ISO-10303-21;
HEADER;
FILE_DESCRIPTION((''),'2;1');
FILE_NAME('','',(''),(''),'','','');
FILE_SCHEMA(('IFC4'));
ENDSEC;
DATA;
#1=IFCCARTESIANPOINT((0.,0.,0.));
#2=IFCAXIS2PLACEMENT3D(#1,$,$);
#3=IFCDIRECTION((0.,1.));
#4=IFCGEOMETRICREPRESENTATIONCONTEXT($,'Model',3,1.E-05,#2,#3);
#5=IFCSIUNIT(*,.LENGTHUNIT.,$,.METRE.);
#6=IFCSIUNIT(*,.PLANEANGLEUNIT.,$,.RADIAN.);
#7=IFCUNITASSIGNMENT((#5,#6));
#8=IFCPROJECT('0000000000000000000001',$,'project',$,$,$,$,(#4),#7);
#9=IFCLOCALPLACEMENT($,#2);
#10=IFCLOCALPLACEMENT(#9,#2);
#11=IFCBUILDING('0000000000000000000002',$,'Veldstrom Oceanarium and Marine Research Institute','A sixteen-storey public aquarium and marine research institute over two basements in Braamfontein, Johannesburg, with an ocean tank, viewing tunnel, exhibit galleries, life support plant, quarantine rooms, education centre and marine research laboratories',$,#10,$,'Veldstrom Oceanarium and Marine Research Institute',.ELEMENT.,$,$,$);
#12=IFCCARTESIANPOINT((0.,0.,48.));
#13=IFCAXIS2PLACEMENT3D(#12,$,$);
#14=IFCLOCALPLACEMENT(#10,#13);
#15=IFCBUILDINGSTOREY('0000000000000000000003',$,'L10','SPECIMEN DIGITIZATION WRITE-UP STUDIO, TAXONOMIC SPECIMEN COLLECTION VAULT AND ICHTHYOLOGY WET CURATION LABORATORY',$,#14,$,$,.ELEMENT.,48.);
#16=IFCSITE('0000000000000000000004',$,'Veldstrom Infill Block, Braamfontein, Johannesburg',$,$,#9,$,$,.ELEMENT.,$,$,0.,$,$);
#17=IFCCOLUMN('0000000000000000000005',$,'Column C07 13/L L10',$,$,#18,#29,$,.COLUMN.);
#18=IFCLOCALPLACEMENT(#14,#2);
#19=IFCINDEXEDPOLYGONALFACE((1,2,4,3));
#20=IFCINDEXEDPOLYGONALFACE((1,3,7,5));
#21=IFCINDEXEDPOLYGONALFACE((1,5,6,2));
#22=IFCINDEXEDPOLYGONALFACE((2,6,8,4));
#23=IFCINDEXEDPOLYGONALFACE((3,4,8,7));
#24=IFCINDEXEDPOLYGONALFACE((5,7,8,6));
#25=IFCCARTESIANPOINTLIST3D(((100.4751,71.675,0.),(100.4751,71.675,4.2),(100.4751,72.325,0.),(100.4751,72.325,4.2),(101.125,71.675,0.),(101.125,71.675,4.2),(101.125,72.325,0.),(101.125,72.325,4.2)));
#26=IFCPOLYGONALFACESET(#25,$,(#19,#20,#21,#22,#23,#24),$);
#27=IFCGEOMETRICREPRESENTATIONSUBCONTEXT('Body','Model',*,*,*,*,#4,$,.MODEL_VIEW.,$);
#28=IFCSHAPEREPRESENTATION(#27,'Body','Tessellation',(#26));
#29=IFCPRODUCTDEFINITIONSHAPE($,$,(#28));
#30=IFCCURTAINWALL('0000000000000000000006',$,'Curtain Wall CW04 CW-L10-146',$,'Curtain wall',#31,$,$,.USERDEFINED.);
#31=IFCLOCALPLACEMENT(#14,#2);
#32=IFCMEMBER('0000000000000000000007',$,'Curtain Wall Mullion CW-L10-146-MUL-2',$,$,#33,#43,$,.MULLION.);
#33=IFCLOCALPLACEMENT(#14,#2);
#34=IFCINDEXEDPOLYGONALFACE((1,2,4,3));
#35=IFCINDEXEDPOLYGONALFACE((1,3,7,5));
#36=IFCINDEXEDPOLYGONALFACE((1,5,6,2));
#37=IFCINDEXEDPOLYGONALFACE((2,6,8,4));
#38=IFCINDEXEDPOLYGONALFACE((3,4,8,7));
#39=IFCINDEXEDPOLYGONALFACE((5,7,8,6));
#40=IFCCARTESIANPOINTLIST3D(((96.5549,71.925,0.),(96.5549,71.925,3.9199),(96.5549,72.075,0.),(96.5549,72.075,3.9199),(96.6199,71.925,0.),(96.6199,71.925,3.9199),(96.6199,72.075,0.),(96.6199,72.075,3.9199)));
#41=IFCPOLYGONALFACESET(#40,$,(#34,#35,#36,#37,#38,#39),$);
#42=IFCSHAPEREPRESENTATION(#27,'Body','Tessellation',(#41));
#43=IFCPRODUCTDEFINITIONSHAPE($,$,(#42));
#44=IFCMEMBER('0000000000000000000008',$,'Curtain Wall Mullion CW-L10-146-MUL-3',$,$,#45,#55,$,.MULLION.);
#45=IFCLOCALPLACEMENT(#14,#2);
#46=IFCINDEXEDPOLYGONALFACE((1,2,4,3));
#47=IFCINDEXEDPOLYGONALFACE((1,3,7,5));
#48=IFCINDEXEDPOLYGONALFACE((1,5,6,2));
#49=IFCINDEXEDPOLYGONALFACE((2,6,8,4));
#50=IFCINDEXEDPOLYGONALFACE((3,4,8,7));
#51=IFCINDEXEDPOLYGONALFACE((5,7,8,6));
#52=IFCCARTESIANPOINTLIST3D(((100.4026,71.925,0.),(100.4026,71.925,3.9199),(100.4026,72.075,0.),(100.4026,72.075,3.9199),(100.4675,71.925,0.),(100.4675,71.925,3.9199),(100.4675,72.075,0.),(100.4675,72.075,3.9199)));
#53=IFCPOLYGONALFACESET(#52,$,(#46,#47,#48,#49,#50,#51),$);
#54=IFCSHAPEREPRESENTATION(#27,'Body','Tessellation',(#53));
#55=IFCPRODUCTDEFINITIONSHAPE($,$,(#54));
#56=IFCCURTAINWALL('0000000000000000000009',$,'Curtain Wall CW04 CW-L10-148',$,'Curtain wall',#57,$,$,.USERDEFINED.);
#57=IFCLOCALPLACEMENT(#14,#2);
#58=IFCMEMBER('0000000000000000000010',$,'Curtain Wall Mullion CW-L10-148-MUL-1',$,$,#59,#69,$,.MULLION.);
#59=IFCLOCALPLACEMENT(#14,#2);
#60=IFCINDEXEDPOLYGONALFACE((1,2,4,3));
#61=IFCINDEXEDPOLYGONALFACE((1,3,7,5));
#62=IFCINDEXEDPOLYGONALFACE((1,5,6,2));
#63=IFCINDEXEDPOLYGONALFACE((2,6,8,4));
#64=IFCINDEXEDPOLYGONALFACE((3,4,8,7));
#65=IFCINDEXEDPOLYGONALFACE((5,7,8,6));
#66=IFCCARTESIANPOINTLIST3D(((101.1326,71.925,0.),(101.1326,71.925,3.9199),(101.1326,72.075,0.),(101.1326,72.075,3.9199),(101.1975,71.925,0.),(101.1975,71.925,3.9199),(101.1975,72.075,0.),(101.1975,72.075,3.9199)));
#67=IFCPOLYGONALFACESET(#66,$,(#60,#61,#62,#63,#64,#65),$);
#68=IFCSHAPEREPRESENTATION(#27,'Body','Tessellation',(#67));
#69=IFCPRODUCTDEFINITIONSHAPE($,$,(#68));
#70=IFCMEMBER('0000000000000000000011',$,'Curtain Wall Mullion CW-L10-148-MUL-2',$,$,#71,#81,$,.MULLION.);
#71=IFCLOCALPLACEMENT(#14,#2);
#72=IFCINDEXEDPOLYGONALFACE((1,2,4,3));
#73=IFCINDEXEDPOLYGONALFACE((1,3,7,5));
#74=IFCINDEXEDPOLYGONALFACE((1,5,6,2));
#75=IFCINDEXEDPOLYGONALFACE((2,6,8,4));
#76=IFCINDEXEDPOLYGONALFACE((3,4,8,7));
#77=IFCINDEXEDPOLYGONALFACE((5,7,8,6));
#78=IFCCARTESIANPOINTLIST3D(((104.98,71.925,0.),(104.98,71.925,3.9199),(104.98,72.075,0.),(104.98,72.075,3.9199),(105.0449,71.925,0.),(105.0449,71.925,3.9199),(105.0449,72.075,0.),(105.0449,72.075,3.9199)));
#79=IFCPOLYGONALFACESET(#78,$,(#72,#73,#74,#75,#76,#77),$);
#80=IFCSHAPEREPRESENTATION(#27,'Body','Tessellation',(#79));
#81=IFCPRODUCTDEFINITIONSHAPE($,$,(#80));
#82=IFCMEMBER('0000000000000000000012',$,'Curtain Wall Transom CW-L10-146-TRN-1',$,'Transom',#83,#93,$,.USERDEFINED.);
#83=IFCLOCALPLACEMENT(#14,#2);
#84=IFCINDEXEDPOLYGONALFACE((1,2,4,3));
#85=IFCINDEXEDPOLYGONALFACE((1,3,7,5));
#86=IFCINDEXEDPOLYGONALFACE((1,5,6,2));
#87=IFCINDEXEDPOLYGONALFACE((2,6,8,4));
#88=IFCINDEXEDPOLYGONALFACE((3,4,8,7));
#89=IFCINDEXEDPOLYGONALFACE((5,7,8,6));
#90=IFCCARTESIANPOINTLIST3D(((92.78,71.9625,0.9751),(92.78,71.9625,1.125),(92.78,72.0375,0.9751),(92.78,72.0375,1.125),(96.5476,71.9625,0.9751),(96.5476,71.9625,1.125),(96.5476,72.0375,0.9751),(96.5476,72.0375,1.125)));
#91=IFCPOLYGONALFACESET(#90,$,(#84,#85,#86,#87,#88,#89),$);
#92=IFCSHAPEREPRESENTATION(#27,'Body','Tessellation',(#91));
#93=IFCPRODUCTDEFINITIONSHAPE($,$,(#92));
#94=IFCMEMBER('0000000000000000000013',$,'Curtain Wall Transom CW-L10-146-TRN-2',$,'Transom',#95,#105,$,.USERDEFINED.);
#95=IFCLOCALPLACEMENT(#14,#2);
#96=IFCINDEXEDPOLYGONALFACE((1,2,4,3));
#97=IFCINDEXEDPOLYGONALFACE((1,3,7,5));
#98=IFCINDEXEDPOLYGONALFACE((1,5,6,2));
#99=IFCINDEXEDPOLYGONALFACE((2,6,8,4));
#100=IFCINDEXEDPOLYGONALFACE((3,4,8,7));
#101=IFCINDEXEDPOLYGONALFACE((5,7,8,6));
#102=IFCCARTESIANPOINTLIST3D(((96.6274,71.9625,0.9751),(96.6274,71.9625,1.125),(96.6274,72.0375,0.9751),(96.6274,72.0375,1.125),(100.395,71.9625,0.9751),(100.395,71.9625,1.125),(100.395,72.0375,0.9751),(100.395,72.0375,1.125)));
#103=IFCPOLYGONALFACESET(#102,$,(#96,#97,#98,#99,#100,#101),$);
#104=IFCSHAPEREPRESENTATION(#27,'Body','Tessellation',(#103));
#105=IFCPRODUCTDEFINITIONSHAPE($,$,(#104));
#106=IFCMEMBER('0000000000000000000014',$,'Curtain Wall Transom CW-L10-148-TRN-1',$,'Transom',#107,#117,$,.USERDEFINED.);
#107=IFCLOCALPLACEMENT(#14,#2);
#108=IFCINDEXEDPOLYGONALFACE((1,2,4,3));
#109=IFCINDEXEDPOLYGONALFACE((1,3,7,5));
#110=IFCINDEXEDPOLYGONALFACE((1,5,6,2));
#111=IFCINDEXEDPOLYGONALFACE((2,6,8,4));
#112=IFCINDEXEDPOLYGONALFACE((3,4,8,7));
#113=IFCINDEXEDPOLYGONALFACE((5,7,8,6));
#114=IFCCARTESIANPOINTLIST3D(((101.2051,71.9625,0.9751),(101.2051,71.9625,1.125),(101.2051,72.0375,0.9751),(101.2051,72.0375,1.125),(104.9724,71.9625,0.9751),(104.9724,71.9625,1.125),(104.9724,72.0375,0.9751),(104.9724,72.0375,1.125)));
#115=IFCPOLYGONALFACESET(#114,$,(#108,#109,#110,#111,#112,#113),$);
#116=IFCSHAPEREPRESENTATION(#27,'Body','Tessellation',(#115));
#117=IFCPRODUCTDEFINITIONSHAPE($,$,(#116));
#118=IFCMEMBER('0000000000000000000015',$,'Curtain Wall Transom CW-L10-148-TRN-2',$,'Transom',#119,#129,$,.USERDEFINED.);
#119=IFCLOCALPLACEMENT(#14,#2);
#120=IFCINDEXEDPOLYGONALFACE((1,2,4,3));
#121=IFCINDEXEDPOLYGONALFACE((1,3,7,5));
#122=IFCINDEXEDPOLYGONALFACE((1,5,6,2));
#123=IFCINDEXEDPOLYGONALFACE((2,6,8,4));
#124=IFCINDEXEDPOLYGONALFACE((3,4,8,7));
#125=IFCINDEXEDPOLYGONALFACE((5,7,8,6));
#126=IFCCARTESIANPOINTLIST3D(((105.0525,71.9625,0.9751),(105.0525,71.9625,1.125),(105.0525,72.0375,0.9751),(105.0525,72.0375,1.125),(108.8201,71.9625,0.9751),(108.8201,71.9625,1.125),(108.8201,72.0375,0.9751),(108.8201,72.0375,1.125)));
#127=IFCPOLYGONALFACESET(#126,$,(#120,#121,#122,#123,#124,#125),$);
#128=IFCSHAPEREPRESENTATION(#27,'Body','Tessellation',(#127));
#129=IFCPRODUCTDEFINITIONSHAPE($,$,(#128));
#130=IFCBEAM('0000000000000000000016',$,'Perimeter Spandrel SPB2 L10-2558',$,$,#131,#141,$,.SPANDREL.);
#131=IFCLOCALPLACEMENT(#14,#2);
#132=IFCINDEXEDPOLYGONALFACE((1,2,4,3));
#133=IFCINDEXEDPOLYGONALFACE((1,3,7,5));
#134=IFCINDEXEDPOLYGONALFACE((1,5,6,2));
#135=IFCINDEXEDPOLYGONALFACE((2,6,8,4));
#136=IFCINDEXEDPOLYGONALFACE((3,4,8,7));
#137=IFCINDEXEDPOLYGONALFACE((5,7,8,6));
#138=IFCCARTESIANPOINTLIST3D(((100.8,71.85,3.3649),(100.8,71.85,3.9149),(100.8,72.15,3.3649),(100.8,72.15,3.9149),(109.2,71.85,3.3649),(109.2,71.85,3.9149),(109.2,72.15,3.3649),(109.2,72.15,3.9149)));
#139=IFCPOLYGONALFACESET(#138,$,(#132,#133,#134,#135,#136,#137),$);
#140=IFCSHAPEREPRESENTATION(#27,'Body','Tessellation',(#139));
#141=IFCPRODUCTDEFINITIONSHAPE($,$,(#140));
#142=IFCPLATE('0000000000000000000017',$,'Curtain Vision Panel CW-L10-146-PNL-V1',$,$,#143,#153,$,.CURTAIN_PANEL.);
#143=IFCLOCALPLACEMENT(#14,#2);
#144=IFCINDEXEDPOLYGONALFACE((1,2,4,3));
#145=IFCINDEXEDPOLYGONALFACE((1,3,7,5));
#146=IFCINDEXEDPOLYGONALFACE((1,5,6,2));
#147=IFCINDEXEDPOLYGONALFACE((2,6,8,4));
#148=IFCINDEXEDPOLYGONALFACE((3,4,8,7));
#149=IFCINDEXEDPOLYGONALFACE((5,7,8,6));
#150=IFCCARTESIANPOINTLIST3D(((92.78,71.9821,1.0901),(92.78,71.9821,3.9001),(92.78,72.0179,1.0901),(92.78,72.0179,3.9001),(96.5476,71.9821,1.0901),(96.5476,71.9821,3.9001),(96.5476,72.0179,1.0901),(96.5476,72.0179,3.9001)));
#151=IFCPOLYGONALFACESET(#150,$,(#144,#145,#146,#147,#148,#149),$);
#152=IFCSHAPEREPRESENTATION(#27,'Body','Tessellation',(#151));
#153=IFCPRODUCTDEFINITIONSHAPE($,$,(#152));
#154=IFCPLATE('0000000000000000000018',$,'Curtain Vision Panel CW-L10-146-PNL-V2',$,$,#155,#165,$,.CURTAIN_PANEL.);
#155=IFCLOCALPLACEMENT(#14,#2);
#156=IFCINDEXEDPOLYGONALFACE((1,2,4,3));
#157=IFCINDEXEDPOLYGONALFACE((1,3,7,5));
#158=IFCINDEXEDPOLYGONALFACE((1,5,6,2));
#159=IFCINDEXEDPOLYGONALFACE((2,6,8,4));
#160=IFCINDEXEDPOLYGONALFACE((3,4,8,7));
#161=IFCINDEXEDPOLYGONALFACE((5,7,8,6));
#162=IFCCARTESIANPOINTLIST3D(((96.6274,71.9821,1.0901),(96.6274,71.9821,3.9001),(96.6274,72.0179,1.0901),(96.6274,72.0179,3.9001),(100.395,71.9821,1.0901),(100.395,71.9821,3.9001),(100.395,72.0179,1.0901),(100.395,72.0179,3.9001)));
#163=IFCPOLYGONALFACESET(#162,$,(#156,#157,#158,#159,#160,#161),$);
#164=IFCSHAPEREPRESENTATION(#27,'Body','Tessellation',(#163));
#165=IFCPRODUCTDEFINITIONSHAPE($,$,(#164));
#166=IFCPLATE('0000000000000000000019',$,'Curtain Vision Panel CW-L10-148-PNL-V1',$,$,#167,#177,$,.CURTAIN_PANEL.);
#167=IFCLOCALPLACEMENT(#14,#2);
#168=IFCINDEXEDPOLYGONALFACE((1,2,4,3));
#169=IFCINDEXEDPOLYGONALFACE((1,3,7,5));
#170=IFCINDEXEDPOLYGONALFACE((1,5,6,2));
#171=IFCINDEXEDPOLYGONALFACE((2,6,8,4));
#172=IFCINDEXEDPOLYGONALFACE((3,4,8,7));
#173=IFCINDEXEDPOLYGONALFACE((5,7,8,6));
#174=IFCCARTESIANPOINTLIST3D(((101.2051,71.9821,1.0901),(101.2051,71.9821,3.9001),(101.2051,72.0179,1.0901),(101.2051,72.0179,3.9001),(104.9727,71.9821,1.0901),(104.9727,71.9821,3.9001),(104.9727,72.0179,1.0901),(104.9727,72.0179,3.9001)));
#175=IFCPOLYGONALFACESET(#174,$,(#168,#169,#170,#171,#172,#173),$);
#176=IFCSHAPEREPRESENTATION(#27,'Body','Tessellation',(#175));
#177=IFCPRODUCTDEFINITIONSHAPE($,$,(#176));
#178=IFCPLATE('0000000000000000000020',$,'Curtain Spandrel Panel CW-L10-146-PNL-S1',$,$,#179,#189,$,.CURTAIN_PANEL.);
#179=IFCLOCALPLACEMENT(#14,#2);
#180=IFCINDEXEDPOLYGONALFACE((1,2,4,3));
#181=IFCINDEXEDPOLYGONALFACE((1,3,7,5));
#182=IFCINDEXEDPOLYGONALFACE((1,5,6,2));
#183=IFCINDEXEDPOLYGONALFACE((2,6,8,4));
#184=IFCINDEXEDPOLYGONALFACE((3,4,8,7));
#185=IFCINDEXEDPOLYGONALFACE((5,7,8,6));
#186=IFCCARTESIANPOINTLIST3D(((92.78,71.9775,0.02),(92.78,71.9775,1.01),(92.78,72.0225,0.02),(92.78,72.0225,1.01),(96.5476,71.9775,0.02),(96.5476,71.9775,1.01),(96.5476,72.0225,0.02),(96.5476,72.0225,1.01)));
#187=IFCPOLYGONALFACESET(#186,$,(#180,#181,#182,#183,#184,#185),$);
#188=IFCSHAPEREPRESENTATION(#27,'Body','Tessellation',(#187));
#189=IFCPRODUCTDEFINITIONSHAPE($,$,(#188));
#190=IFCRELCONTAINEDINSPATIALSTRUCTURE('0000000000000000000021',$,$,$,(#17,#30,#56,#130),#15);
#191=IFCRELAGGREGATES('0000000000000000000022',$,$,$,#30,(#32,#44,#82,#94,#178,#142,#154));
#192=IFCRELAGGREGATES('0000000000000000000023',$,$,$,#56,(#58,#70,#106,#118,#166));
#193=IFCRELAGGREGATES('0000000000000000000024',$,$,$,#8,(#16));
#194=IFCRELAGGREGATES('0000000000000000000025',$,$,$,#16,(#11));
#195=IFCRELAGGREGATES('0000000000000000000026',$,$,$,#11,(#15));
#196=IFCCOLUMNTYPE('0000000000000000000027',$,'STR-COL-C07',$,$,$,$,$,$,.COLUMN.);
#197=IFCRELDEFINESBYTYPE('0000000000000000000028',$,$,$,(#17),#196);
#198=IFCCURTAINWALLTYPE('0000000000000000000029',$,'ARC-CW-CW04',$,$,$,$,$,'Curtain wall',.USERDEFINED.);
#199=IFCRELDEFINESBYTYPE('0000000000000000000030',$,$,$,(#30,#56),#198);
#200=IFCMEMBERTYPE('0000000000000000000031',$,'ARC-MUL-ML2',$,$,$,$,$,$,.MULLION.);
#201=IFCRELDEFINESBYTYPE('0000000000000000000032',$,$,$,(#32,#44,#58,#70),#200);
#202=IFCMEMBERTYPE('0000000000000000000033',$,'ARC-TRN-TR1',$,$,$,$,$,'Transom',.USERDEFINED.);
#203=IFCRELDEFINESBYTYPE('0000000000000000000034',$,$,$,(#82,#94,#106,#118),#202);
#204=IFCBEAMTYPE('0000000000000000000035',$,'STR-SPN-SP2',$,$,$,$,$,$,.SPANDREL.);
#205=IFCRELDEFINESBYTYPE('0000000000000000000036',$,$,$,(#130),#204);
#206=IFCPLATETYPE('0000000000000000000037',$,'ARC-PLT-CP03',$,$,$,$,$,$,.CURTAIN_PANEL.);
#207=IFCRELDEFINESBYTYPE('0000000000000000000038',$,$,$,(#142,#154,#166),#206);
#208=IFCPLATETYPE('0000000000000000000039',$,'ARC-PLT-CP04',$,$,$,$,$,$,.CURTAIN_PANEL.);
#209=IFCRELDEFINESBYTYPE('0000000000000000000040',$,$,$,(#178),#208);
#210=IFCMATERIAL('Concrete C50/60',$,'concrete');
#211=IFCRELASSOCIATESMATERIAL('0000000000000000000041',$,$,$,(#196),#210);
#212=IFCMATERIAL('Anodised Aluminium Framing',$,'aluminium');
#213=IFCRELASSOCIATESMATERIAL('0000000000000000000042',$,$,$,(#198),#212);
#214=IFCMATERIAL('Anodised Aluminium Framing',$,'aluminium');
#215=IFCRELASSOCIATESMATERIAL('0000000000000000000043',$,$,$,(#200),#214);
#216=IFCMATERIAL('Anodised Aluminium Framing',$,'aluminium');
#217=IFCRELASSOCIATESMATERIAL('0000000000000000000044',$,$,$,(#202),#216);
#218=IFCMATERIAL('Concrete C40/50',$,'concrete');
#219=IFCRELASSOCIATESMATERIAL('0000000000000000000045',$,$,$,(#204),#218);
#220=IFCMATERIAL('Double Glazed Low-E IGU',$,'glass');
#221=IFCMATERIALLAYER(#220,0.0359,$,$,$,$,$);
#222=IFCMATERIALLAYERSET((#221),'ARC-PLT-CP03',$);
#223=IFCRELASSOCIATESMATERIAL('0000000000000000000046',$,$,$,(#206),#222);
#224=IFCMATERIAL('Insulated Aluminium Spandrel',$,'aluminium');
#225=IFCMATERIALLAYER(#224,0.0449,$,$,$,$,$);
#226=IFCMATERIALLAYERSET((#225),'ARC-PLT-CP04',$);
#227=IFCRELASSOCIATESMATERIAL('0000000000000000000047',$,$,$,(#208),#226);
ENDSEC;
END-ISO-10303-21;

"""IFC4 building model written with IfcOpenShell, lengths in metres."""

from ifc_helpers import new_model, si_unit, direction, frame, origin, origin_2d, place, context, subcontext, project, spatial, rectangle, extrude, material, layer, layer_set, material_profile, profile_set, type_object, element, aggregate, save


model = new_model("IFC4")

# Units and contexts
model_context = context("Model", 3, precision=1e-05, world=origin(), true_north=direction((0.0, 1.0)))
body_context = subcontext(model_context, "Body", "Model", "MODEL_VIEW")
ifc_project = project(units=[si_unit("LENGTHUNIT", "METRE"), si_unit("PLANEANGLEUNIT", "RADIAN")], contexts=[model_context])

# Site, building, storey
site_placement = place(None, origin())
site = spatial("IfcSite", under=ifc_project, at=site_placement, Name="Veldstrom Infill Block, Braamfontein, Johannesburg", CompositionType="ELEMENT", RefElevation=0.0)
building_placement = place(site_placement, origin())
building = spatial("IfcBuilding", under=site, at=building_placement, Name="Veldstrom Oceanarium and Marine Research Institute", Description="A sixteen-storey public aquarium and marine research institute over two basements in Braamfontein, Johannesburg, with an ocean tank, viewing tunnel, exhibit galleries, life support plant, quarantine rooms, education centre and marine research laboratories", LongName="Veldstrom Oceanarium and Marine Research Institute", CompositionType="ELEMENT")
storey_placement = place(building_placement, frame((0.0, 0.0, 48.0)))
storey = spatial("IfcBuildingStorey", under=building, at=storey_placement, Name="L10", Description="SPECIMEN DIGITIZATION WRITE-UP STUDIO, TAXONOMIC SPECIMEN COLLECTION VAULT AND ICHTHYOLOGY WET CURATION LABORATORY", CompositionType="ELEMENT", Elevation=48.0)

# Column
ifc_material_1 = material(Name="Concrete C50/60", Category="concrete")
ifc_material_profile_1 = material_profile(ifc_material_1, rectangle(XDim=0.6499, YDim=0.6499, at=origin_2d()), Name="RC-COL-650x650")
ifc_profile_set_1 = profile_set([ifc_material_profile_1], Name="Concrete C50/60")
column_type = type_object("IfcColumnType", Name="STR-COL-C07", PredefinedType="COLUMN", material=ifc_profile_set_1)
column_placement = place(storey_placement, frame((100.8, 72.0, 0.0), z_axis=(0.0, 0.0, 1.0), x_axis=(1.0, 0.0, 0.0)))
element("IfcColumn", 1, at=column_placement, inside=storey, type_object=column_type, Name="Column C07 13/L L10", PredefinedType="COLUMN", context=body_context, shape_type="SweptSolid", body=[
    extrude(rectangle(XDim=0.6499, YDim=0.6499, at=origin_2d()), origin(), (0.0, 0.0, 1.0), 4.2),
])

# Curtain walls, members
ifc_material_2 = material(Name="Anodised Aluminium Framing", Category="aluminium")
curtain_wall_type = type_object("IfcCurtainWallType", Name="ARC-CW-CW04", ElementType="Curtain wall", PredefinedType="USERDEFINED", material=ifc_material_2)
curtain_wall_1_placement = place(storey_placement, origin())
curtain_wall_1 = element("IfcCurtainWall", 2, at=curtain_wall_1_placement, inside=storey, type_object=curtain_wall_type, Name="Curtain Wall CW04 CW-L10-146", ObjectType="Curtain wall", PredefinedType="USERDEFINED")
ifc_material_3 = material(Name="Anodised Aluminium Framing", Category="aluminium")
ifc_material_profile_2 = material_profile(ifc_material_3, rectangle(XDim=0.0649, YDim=0.1499, at=origin_2d()), Name="ALU-MUL-65x150")
ifc_profile_set_2 = profile_set([ifc_material_profile_2], Name="Anodised Aluminium Framing")
member_type_1 = type_object("IfcMemberType", Name="ARC-MUL-ML2", PredefinedType="MULLION", material=ifc_profile_set_2)
member_1_placement = place(storey_placement, frame((96.5874, 72.0, 0.0), z_axis=(0.0, 0.0, 1.0), x_axis=(1.0, 0.0, 0.0)))
member_1 = element("IfcMember", 3, at=member_1_placement, type_object=member_type_1, Name="Curtain Wall Mullion CW-L10-146-MUL-2", PredefinedType="MULLION", context=body_context, shape_type="SweptSolid", body=[
    extrude(rectangle(XDim=0.0649, YDim=0.1499, at=origin_2d()), origin(), (0.0, 0.0, 1.0), 3.9199),
])
member_2_placement = place(storey_placement, frame((100.4351, 72.0, 0.0), z_axis=(0.0, 0.0, 1.0), x_axis=(1.0, 0.0, 0.0)))
member_2 = element("IfcMember", 4, at=member_2_placement, type_object=member_type_1, Name="Curtain Wall Mullion CW-L10-146-MUL-3", PredefinedType="MULLION", context=body_context, shape_type="SweptSolid", body=[
    extrude(rectangle(XDim=0.0649, YDim=0.1499, at=origin_2d()), origin(), (0.0, 0.0, 1.0), 3.9199),
])
curtain_wall_2_placement = place(storey_placement, origin())
curtain_wall_2 = element("IfcCurtainWall", 5, at=curtain_wall_2_placement, inside=storey, type_object=curtain_wall_type, Name="Curtain Wall CW04 CW-L10-148", ObjectType="Curtain wall", PredefinedType="USERDEFINED")
member_3_placement = place(storey_placement, frame((101.165, 72.0, 0.0), z_axis=(0.0, 0.0, 1.0), x_axis=(1.0, 0.0, 0.0)))
member_3 = element("IfcMember", 6, at=member_3_placement, type_object=member_type_1, Name="Curtain Wall Mullion CW-L10-148-MUL-1", PredefinedType="MULLION", context=body_context, shape_type="SweptSolid", body=[
    extrude(rectangle(XDim=0.0649, YDim=0.1499, at=origin_2d()), origin(), (0.0, 0.0, 1.0), 3.9199),
])
member_4_placement = place(storey_placement, frame((105.0125, 72.0, 0.0), z_axis=(0.0, 0.0, 1.0), x_axis=(1.0, 0.0, 0.0)))
member_4 = element("IfcMember", 7, at=member_4_placement, type_object=member_type_1, Name="Curtain Wall Mullion CW-L10-148-MUL-2", PredefinedType="MULLION", context=body_context, shape_type="SweptSolid", body=[
    extrude(rectangle(XDim=0.0649, YDim=0.1499, at=origin_2d()), origin(), (0.0, 0.0, 1.0), 3.9199),
])

# Members
ifc_material_4 = material(Name="Anodised Aluminium Framing", Category="aluminium")
ifc_material_profile_3 = material_profile(ifc_material_4, rectangle(XDim=0.075, YDim=0.1499, at=origin_2d()), Name="ALU-TRN-75x150")
ifc_profile_set_3 = profile_set([ifc_material_profile_3], Name="Anodised Aluminium Framing")
member_type_2 = type_object("IfcMemberType", Name="ARC-TRN-TR1", ElementType="Transom", PredefinedType="USERDEFINED", material=ifc_profile_set_3)
member_5_placement = place(storey_placement, frame((92.78, 72.0, 1.05), z_axis=(1.0, 0.0, 0.0), x_axis=(0.0, 1.0, 0.0)))
member_5 = element("IfcMember", 8, at=member_5_placement, type_object=member_type_2, Name="Curtain Wall Transom CW-L10-146-TRN-1", ObjectType="Transom", PredefinedType="USERDEFINED", context=body_context, shape_type="SweptSolid", body=[
    extrude(rectangle(XDim=0.075, YDim=0.1499, at=origin_2d()), origin(), (0.0, 0.0, 1.0), 3.7676),
])
member_6_placement = place(storey_placement, frame((96.6274, 72.0, 1.05), z_axis=(1.0, 0.0, 0.0), x_axis=(0.0, 1.0, 0.0)))
member_6 = element("IfcMember", 9, at=member_6_placement, type_object=member_type_2, Name="Curtain Wall Transom CW-L10-146-TRN-2", ObjectType="Transom", PredefinedType="USERDEFINED", context=body_context, shape_type="SweptSolid", body=[
    extrude(rectangle(XDim=0.075, YDim=0.1499, at=origin_2d()), origin(), (0.0, 0.0, 1.0), 3.7676),
])
member_7_placement = place(storey_placement, frame((101.2051, 72.0, 1.05), z_axis=(1.0, 0.0, 0.0), x_axis=(0.0, 1.0, 0.0)))
member_7 = element("IfcMember", 10, at=member_7_placement, type_object=member_type_2, Name="Curtain Wall Transom CW-L10-148-TRN-1", ObjectType="Transom", PredefinedType="USERDEFINED", context=body_context, shape_type="SweptSolid", body=[
    extrude(rectangle(XDim=0.075, YDim=0.1499, at=origin_2d()), origin(), (0.0, 0.0, 1.0), 3.7673),
])
member_8_placement = place(storey_placement, frame((105.0525, 72.0, 1.05), z_axis=(1.0, 0.0, 0.0), x_axis=(0.0, 1.0, 0.0)))
member_8 = element("IfcMember", 11, at=member_8_placement, type_object=member_type_2, Name="Curtain Wall Transom CW-L10-148-TRN-2", ObjectType="Transom", PredefinedType="USERDEFINED", context=body_context, shape_type="SweptSolid", body=[
    extrude(rectangle(XDim=0.075, YDim=0.1499, at=origin_2d()), origin(), (0.0, 0.0, 1.0), 3.7676),
])

# Beam
ifc_material_5 = material(Name="Concrete C40/50", Category="concrete")
ifc_material_profile_4 = material_profile(ifc_material_5, rectangle(XDim=0.3, YDim=0.55, at=origin_2d()), Name="RC-SPN-300x550")
ifc_profile_set_4 = profile_set([ifc_material_profile_4], Name="Concrete C40/50")
beam_type = type_object("IfcBeamType", Name="STR-SPN-SP2", PredefinedType="SPANDREL", material=ifc_profile_set_4)
beam_placement = place(storey_placement, frame((100.8, 72.0, 3.6399), z_axis=(1.0, 0.0, 0.0), x_axis=(0.0, 1.0, 0.0)))
element("IfcBeam", 12, at=beam_placement, inside=storey, type_object=beam_type, Name="Perimeter Spandrel SPB2 L10-2558", PredefinedType="SPANDREL", context=body_context, shape_type="SweptSolid", body=[
    extrude(rectangle(XDim=0.3, YDim=0.55, at=origin_2d()), origin(), (0.0, 0.0, 1.0), 8.3999),
])

# Plates
ifc_material_6 = material(Name="Double Glazed Low-E IGU", Category="glass")
ifc_layer_1 = layer(ifc_material_6, 0.0359)
ifc_layer_set_1 = layer_set([ifc_layer_1], Name="ARC-PLT-CP03")
plate_type_1 = type_object("IfcPlateType", Name="ARC-PLT-CP03", PredefinedType="CURTAIN_PANEL", material=ifc_layer_set_1)
plate_1_placement = place(storey_placement, frame((94.6638, 72.0, 1.0901), z_axis=(0.0, 0.0, 1.0), x_axis=(1.0, 0.0, 0.0)))
plate_1 = element("IfcPlate", 13, at=plate_1_placement, type_object=plate_type_1, Name="Curtain Vision Panel CW-L10-146-PNL-V1", PredefinedType="CURTAIN_PANEL", context=body_context, shape_type="SweptSolid", body=[
    extrude(rectangle(XDim=3.7676, YDim=0.0359, at=origin_2d()), origin(), (0.0, 0.0, 1.0), 2.8101),
])
plate_2_placement = place(storey_placement, frame((98.5112, 72.0, 1.0901), z_axis=(0.0, 0.0, 1.0), x_axis=(1.0, 0.0, 0.0)))
plate_2 = element("IfcPlate", 14, at=plate_2_placement, type_object=plate_type_1, Name="Curtain Vision Panel CW-L10-146-PNL-V2", PredefinedType="CURTAIN_PANEL", context=body_context, shape_type="SweptSolid", body=[
    extrude(rectangle(XDim=3.7676, YDim=0.0359, at=origin_2d()), origin(), (0.0, 0.0, 1.0), 2.8101),
])
plate_3_placement = place(storey_placement, frame((103.0889, 72.0, 1.0901), z_axis=(0.0, 0.0, 1.0), x_axis=(1.0, 0.0, 0.0)))
plate_3 = element("IfcPlate", 15, at=plate_3_placement, type_object=plate_type_1, Name="Curtain Vision Panel CW-L10-148-PNL-V1", PredefinedType="CURTAIN_PANEL", context=body_context, shape_type="SweptSolid", body=[
    extrude(rectangle(XDim=3.7676, YDim=0.0359, at=origin_2d()), origin(), (0.0, 0.0, 1.0), 2.8101),
])
ifc_material_7 = material(Name="Insulated Aluminium Spandrel", Category="aluminium")
ifc_layer_2 = layer(ifc_material_7, 0.0449)
ifc_layer_set_2 = layer_set([ifc_layer_2], Name="ARC-PLT-CP04")
plate_type_2 = type_object("IfcPlateType", Name="ARC-PLT-CP04", PredefinedType="CURTAIN_PANEL", material=ifc_layer_set_2)
plate_4_placement = place(storey_placement, frame((94.6638, 72.0, 0.02), z_axis=(0.0, 0.0, 1.0), x_axis=(1.0, 0.0, 0.0)))
plate_4 = element("IfcPlate", 16, at=plate_4_placement, type_object=plate_type_2, Name="Curtain Spandrel Panel CW-L10-146-PNL-S1", PredefinedType="CURTAIN_PANEL", context=body_context, shape_type="SweptSolid", body=[
    extrude(rectangle(XDim=3.7676, YDim=0.0449, at=origin_2d()), origin(), (0.0, 0.0, 1.0), 0.99),
])
aggregate(curtain_wall_1, [member_1, member_2, member_5, member_6, plate_4, plate_1, plate_2])
aggregate(curtain_wall_2, [member_3, member_4, member_7, member_8, plate_3])

save(model, "model.ifc")
